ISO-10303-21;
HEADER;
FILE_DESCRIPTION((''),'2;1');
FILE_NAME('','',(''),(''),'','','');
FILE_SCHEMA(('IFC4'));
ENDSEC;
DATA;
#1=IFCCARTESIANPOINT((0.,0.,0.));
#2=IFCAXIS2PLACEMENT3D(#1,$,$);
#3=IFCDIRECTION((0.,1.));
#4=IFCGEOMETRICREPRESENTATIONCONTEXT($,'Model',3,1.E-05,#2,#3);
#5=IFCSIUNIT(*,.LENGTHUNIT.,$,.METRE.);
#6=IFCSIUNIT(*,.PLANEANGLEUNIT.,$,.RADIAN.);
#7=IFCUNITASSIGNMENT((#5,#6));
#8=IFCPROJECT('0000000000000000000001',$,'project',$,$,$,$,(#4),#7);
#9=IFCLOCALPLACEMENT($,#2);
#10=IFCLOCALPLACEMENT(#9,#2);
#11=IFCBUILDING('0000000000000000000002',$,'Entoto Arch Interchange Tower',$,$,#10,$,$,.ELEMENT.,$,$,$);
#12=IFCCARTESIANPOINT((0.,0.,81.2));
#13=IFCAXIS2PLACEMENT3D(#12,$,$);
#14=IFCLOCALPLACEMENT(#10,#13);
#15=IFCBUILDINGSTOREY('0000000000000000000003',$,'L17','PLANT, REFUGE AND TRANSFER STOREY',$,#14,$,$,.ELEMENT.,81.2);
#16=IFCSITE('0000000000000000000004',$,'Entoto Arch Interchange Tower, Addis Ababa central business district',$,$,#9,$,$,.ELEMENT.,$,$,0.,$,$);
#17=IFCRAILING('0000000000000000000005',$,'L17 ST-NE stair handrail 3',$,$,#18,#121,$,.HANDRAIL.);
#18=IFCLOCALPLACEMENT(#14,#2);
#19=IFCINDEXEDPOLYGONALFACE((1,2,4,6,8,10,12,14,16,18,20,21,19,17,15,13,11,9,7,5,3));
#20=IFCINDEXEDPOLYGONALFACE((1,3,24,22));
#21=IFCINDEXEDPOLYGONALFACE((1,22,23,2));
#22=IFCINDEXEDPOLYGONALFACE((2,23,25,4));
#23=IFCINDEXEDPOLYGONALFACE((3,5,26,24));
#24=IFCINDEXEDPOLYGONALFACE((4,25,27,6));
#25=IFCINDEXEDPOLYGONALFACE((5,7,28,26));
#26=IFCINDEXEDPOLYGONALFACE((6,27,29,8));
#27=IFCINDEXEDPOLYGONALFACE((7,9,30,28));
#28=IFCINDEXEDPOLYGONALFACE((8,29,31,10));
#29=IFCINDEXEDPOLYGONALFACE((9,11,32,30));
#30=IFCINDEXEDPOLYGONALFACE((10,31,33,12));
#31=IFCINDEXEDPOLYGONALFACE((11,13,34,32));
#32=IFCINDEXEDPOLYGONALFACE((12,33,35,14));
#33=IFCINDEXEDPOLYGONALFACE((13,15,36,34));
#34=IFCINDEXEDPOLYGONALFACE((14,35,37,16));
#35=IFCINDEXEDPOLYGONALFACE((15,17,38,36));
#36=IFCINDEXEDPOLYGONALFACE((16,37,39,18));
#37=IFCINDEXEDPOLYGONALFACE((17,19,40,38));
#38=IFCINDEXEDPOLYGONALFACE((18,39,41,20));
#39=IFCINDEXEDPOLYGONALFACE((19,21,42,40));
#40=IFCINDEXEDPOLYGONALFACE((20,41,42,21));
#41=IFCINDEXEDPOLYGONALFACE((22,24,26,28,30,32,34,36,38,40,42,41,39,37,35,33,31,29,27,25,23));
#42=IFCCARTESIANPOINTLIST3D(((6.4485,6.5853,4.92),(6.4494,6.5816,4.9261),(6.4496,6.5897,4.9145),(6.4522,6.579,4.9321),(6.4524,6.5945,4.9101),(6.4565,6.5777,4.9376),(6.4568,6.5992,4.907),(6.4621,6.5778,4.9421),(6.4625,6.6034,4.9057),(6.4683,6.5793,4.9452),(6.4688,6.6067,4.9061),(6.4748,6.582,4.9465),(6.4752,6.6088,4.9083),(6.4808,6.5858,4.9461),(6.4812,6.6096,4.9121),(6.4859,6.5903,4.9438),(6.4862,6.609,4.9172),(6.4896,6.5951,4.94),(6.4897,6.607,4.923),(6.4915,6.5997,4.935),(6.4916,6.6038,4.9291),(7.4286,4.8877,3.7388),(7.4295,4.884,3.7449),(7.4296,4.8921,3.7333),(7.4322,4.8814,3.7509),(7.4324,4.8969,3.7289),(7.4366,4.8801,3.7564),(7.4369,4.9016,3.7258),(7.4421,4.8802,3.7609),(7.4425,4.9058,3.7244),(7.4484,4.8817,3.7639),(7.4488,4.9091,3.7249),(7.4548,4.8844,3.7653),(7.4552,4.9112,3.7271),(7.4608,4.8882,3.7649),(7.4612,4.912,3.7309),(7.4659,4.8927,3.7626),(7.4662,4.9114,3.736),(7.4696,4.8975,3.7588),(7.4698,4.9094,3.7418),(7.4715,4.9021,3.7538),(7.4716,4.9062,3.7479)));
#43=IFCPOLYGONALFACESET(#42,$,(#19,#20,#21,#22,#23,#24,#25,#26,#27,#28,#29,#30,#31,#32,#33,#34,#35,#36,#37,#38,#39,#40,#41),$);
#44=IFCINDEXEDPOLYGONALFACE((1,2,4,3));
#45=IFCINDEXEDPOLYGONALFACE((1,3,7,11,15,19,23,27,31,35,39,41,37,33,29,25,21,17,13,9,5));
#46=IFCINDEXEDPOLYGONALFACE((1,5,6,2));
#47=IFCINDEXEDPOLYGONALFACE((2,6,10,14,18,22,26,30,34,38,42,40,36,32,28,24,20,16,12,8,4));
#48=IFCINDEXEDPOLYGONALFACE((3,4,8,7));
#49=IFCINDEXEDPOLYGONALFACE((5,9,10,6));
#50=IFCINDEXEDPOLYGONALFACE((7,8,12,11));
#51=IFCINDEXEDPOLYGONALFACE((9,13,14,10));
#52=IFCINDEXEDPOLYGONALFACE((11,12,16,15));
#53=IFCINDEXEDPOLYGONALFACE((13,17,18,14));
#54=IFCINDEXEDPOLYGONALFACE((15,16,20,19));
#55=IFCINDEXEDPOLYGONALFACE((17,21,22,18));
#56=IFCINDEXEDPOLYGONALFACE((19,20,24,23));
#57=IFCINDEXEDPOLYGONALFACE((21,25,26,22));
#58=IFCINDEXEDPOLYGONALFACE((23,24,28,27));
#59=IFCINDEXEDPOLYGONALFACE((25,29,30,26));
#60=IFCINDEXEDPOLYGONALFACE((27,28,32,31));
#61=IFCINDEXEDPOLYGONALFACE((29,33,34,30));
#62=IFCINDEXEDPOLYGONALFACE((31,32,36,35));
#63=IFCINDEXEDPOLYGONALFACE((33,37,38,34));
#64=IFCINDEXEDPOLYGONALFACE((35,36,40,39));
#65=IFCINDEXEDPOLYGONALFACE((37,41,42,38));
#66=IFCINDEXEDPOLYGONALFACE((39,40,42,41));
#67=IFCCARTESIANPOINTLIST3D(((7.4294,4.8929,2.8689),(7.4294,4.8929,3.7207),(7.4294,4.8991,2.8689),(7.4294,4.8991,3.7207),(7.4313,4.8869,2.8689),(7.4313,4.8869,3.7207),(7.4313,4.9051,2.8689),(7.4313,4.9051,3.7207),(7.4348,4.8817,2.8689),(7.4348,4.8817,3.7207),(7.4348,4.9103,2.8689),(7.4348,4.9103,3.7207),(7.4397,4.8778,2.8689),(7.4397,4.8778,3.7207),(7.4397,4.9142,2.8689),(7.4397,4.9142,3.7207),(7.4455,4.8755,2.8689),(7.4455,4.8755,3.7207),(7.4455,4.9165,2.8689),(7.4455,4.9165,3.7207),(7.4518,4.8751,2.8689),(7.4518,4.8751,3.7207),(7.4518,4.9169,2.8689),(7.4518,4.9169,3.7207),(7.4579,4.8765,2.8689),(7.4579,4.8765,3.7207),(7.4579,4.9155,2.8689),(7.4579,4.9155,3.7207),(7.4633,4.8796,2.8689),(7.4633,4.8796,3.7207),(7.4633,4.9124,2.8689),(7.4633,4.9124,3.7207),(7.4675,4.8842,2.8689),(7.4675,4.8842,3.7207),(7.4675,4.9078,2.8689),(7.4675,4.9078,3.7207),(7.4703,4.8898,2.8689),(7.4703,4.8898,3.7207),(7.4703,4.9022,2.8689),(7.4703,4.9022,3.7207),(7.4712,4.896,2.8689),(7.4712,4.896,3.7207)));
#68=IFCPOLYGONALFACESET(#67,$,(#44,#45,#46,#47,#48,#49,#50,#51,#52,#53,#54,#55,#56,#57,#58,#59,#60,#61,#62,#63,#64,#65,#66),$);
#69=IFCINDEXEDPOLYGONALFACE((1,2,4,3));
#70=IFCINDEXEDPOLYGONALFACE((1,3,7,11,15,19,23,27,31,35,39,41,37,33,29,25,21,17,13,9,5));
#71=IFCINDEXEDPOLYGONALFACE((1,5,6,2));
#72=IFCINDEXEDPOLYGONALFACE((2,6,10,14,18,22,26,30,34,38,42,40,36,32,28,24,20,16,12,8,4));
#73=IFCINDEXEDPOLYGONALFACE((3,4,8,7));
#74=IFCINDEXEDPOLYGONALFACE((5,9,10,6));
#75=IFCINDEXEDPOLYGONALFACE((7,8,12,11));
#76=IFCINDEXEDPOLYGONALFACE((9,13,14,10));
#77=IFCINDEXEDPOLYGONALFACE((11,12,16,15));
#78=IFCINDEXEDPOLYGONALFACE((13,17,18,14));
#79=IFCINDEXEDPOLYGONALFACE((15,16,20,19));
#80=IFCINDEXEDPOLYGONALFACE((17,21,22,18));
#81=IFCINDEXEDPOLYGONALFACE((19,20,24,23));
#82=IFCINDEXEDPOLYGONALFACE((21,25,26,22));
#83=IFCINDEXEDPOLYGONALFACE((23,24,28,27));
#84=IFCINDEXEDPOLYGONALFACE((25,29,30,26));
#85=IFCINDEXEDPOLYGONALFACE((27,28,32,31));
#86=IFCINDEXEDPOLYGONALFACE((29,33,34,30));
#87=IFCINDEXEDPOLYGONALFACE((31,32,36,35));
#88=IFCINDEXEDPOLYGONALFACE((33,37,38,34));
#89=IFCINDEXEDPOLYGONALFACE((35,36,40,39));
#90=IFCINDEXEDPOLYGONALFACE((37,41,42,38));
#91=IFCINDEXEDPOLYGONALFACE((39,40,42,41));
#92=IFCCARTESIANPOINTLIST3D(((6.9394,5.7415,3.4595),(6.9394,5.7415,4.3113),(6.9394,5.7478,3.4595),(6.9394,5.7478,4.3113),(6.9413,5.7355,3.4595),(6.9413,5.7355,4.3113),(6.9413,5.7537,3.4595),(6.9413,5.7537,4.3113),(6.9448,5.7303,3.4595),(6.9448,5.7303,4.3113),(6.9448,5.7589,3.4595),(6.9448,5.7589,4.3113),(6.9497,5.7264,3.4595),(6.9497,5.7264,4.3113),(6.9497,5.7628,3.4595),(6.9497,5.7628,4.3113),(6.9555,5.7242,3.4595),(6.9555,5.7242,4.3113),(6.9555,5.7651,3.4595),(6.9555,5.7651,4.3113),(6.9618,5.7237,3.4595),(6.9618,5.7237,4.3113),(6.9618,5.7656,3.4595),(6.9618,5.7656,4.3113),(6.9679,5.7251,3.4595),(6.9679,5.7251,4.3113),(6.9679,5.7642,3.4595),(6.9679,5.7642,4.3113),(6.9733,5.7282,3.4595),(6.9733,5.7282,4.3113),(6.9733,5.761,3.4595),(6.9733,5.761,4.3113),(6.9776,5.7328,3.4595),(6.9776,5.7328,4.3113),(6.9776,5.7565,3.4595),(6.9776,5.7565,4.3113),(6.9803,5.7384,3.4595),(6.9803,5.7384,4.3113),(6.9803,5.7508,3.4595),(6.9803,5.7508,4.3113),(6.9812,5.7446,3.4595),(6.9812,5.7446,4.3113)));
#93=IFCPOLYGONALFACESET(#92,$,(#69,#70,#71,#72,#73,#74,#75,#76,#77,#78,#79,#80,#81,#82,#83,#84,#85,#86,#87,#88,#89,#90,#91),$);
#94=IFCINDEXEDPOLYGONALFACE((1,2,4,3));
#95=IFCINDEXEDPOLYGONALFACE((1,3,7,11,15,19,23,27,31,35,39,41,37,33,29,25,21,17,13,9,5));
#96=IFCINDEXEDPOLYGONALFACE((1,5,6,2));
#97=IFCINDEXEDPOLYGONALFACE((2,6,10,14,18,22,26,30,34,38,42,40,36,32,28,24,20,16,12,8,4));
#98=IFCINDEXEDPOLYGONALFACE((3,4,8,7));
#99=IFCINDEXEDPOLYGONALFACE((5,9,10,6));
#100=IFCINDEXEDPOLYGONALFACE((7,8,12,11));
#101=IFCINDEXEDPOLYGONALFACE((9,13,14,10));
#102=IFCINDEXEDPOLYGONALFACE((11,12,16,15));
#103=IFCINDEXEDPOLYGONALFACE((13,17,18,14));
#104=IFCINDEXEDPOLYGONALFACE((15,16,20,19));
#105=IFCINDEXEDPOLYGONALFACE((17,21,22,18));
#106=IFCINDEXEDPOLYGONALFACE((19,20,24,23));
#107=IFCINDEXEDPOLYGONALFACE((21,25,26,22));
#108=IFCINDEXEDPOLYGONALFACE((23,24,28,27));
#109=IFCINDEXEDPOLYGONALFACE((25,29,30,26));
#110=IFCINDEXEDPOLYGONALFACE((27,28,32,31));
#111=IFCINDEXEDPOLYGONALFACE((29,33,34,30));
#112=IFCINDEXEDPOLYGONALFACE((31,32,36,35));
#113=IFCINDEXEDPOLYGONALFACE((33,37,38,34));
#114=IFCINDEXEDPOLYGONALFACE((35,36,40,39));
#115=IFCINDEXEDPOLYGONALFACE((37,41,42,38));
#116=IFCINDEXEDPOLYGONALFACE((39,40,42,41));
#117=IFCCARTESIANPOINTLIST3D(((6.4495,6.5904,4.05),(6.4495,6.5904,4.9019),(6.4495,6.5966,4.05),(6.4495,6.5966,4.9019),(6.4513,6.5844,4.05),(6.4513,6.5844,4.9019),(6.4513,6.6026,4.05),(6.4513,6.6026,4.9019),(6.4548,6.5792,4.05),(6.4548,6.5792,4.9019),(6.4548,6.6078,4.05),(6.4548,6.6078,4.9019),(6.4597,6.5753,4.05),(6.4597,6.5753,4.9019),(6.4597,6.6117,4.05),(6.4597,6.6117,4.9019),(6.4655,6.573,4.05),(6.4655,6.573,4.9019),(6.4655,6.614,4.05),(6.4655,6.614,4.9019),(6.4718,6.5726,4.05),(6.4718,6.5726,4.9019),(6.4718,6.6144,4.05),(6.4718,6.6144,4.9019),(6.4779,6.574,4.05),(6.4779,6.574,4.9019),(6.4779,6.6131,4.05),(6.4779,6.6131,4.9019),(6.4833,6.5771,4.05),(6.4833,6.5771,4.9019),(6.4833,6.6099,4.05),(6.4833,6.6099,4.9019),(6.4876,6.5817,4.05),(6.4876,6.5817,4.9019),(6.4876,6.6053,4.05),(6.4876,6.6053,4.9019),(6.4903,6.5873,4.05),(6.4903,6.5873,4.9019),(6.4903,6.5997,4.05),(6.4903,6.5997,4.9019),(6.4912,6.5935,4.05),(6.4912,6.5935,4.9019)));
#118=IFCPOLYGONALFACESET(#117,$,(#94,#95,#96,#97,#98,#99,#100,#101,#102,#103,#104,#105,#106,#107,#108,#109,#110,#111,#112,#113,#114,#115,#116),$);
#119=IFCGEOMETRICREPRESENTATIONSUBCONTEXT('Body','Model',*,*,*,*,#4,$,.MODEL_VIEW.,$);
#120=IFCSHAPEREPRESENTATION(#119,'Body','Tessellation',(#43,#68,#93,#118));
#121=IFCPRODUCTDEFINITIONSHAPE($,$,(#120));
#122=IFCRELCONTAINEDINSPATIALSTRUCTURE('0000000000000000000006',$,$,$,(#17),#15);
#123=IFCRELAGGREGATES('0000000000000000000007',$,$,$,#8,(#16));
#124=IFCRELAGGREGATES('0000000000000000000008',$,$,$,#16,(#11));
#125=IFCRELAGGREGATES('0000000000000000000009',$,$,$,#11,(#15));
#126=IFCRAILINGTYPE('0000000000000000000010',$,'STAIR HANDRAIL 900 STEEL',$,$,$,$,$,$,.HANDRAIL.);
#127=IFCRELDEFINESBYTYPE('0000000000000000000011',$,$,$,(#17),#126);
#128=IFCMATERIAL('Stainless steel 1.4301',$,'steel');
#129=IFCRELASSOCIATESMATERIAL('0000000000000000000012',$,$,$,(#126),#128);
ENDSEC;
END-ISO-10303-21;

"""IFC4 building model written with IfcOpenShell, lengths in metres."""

from ifc_helpers import new_model, si_unit, direction, frame, origin, origin_2d, place, context, subcontext, project, spatial, circle, extrude, material, type_object, element, save


model = new_model("IFC4")

# Units and contexts
model_context = context("Model", 3, precision=1e-05, world=origin(), true_north=direction((0.0, 1.0)))
body_context = subcontext(model_context, "Body", "Model", "MODEL_VIEW")
ifc_project = project(units=[si_unit("LENGTHUNIT", "METRE"), si_unit("PLANEANGLEUNIT", "RADIAN")], contexts=[model_context])

# Site, building, storey
site_placement = place(None, origin())
site = spatial("IfcSite", under=ifc_project, at=site_placement, Name="Entoto Arch Interchange Tower, Addis Ababa central business district", CompositionType="ELEMENT", RefElevation=0.0)
building_placement = place(site_placement, origin())
building = spatial("IfcBuilding", under=site, at=building_placement, Name="Entoto Arch Interchange Tower", CompositionType="ELEMENT")
storey_placement = place(building_placement, frame((0.0, 0.0, 81.2)))
storey = spatial("IfcBuildingStorey", under=building, at=storey_placement, Name="L17", Description="PLANT, REFUGE AND TRANSFER STOREY", CompositionType="ELEMENT", Elevation=81.2)

# Railing
ifc_material_1 = material(Name="Stainless steel 1.4301", Category="steel")
railing_type_1 = type_object("IfcRailingType", Name="STAIR HANDRAIL 900 STEEL", PredefinedType="HANDRAIL", material=ifc_material_1)
railing_1_placement = place(storey_placement, frame((7.4502, 4.896, 2.8689)))
element("IfcRailing", 1, at=railing_1_placement, inside=storey, type_object=railing_type_1, Name="L17 ST-NE stair handrail 3", PredefinedType="HANDRAIL", context=body_context, shape_type="SweptSolid", body=[
    extrude(circle(Radius=0.0239, at=origin_2d()), frame((0.0, 0.0, 0.876), z_axis=(-0.428228, 0.741771, 0.516135), x_axis=(-0.866042, -0.49997, 0.0)), (0.0, 0.0, 1.0), 2.2886),
    extrude(circle(Radius=0.021, at=origin_2d()), origin(), (0.0, 0.0, 1.0), 0.8518),
    extrude(circle(Radius=0.021, at=origin_2d()), frame((-0.49, 0.8486, 0.5906)), (0.0, 0.0, 1.0), 0.8518),
    extrude(circle(Radius=0.021, at=origin_2d()), frame((-0.98, 1.6975, 1.1812)), (0.0, 0.0, 1.0), 0.8518),
])

save(model, "model.ifc")
